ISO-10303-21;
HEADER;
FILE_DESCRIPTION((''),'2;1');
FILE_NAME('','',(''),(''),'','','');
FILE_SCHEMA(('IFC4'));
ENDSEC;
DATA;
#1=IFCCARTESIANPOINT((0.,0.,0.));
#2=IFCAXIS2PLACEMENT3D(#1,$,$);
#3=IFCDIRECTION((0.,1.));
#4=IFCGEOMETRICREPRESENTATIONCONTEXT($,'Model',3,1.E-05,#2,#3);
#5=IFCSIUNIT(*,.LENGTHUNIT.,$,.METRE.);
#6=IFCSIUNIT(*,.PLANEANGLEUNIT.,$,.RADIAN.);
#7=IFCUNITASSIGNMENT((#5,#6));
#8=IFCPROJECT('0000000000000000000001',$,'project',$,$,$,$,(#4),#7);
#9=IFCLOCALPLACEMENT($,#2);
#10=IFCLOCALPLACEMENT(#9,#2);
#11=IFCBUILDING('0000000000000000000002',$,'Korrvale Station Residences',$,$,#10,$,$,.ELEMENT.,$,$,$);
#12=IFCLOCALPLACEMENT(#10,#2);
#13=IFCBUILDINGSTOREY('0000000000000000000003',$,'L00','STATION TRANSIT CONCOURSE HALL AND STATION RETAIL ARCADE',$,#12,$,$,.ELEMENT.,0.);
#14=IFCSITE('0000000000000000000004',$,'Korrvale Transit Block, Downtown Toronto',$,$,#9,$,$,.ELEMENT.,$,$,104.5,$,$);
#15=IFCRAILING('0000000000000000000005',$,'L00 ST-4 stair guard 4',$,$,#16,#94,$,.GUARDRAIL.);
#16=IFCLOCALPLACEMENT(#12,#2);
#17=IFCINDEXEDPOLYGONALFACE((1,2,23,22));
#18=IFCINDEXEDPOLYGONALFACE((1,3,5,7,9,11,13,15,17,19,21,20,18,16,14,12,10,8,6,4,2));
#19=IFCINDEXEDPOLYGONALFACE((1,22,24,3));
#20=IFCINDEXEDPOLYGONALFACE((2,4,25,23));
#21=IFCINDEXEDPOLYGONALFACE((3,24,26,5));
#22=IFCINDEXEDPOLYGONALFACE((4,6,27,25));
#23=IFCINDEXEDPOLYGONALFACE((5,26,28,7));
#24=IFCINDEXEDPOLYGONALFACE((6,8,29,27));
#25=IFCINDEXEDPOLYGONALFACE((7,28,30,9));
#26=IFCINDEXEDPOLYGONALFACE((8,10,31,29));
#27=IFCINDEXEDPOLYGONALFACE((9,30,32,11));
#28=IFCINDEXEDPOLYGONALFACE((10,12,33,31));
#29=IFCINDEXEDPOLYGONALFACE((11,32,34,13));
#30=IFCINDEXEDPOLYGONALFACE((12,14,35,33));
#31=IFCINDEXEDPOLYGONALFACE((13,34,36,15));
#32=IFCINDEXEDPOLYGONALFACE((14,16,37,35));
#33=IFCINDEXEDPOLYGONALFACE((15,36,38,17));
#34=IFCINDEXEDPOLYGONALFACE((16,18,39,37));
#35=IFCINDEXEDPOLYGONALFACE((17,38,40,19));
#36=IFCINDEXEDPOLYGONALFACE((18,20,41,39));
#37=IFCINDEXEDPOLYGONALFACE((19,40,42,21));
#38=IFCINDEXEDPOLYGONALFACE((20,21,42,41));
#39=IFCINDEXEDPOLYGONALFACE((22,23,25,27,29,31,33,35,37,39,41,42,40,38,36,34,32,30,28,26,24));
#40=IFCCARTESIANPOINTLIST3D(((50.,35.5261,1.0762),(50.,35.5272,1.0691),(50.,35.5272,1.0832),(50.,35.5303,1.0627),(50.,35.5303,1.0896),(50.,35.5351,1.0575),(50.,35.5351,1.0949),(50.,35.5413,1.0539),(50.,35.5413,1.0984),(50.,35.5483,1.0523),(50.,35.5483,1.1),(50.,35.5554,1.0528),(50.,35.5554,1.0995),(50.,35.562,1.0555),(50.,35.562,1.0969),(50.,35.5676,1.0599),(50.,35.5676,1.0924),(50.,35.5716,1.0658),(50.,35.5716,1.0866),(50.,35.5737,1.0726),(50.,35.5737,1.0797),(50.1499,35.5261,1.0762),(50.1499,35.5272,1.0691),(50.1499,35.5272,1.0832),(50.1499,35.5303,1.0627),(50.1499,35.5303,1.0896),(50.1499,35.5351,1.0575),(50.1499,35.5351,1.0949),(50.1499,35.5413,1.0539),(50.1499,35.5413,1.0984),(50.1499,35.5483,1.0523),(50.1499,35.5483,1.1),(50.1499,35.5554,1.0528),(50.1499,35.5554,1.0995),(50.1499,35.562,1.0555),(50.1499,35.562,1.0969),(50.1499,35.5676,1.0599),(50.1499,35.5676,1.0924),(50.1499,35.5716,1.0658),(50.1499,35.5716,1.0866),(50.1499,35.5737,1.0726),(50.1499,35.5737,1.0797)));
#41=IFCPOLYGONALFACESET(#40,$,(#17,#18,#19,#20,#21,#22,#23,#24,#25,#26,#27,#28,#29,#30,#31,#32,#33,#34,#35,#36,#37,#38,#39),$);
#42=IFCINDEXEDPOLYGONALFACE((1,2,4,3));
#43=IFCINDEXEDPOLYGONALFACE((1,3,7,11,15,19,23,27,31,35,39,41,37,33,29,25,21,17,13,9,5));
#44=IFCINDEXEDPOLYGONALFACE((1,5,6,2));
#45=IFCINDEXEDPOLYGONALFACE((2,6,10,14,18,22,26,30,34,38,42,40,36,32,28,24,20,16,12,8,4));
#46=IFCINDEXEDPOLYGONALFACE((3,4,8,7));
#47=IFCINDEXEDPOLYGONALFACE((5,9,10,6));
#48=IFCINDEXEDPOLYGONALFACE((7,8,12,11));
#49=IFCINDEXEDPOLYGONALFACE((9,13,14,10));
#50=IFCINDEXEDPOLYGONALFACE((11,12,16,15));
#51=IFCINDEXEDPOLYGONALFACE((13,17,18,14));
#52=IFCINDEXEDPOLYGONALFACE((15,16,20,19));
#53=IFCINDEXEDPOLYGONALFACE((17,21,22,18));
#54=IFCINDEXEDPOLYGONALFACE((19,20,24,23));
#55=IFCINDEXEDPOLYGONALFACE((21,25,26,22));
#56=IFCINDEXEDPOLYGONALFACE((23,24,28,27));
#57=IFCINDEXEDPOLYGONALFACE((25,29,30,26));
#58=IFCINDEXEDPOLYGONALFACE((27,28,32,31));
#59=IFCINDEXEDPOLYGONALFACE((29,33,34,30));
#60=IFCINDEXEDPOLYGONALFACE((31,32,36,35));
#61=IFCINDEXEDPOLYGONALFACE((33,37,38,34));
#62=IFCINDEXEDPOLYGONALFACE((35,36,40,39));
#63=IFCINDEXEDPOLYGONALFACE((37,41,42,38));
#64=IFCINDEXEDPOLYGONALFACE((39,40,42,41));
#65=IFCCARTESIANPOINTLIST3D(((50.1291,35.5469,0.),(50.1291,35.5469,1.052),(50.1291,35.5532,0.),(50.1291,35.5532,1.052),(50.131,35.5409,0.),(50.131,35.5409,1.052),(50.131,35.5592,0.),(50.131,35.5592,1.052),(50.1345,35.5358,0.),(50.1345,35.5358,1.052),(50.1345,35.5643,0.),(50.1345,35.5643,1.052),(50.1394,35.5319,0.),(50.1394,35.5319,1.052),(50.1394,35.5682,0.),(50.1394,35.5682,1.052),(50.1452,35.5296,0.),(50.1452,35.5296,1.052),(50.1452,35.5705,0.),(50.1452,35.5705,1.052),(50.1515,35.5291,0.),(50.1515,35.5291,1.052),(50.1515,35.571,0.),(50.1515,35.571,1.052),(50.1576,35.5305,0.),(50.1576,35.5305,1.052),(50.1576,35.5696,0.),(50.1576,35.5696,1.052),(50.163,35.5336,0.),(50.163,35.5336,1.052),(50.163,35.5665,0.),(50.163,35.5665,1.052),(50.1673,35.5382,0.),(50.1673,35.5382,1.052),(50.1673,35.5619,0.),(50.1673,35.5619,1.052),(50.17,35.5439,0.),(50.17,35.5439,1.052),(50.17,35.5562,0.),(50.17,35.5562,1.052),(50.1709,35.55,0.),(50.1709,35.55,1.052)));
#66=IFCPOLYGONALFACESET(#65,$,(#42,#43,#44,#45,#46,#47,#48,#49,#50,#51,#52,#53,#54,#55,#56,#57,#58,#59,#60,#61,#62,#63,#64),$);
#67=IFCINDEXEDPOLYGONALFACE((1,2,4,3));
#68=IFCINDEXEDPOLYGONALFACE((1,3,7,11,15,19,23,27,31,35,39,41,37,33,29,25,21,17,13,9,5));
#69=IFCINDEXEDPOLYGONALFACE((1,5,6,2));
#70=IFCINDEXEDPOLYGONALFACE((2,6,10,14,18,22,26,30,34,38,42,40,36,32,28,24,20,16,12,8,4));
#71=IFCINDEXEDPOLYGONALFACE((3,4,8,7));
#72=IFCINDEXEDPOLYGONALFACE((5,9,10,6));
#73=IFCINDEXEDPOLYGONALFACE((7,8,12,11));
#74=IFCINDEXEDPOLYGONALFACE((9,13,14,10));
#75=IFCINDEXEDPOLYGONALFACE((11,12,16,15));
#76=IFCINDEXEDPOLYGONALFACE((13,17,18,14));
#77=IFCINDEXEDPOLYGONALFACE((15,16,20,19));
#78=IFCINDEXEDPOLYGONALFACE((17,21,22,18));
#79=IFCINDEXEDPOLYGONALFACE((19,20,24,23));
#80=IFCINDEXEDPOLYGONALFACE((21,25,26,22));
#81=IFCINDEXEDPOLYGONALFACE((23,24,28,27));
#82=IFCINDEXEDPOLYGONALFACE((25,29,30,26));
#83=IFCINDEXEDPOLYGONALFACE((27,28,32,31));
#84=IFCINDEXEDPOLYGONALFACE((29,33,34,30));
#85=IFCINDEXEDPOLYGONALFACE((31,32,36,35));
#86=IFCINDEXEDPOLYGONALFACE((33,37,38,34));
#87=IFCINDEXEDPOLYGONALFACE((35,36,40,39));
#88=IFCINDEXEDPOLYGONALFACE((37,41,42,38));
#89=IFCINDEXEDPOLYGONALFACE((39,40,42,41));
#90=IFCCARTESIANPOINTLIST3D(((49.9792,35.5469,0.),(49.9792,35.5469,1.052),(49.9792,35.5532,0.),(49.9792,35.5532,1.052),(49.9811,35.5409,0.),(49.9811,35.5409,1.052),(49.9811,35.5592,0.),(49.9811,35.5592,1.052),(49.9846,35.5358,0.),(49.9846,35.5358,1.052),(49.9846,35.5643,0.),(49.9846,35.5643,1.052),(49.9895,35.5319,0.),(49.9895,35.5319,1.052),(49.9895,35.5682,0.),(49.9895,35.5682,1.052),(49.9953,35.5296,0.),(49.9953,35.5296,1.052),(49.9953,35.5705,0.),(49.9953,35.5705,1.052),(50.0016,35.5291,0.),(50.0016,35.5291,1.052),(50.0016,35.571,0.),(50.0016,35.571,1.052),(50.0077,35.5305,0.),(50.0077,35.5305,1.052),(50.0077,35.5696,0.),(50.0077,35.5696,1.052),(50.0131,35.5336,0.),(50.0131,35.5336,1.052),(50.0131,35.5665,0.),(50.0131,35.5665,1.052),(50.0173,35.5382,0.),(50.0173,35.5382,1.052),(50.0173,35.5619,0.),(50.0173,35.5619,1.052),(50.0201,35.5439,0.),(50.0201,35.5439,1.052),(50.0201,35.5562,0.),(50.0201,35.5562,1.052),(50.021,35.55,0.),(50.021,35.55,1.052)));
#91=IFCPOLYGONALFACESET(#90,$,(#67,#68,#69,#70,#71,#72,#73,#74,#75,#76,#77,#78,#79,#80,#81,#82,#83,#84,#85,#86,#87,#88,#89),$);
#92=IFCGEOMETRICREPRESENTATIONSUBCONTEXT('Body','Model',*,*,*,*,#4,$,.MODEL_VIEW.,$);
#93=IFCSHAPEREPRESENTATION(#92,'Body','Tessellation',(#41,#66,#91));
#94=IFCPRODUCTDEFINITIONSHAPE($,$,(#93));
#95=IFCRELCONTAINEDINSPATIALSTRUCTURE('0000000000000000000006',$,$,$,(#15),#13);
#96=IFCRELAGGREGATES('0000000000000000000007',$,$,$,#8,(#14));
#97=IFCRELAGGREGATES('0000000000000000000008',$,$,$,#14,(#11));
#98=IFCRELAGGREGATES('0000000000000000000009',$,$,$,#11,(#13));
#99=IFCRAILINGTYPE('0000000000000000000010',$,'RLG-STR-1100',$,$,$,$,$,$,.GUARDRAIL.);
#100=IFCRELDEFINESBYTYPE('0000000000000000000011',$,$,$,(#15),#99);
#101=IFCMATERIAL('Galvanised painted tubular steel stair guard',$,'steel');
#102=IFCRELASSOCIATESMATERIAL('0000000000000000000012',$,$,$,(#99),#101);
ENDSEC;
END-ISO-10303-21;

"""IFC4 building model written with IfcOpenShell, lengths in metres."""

from ifc_helpers import new_model, si_unit, direction, frame, origin, origin_2d, place, context, subcontext, project, spatial, circle, extrude, material, type_object, element, save


model = new_model("IFC4")

# Units and contexts
model_context = context("Model", 3, precision=1e-05, world=origin(), true_north=direction((0.0, 1.0)))
body_context = subcontext(model_context, "Body", "Model", "MODEL_VIEW")
ifc_project = project(units=[si_unit("LENGTHUNIT", "METRE"), si_unit("PLANEANGLEUNIT", "RADIAN")], contexts=[model_context])

# Site, building, storey
site_placement = place(None, origin())
site = spatial("IfcSite", under=ifc_project, at=site_placement, Name="Korrvale Transit Block, Downtown Toronto", CompositionType="ELEMENT", RefElevation=104.5)
building_placement = place(site_placement, origin())
building = spatial("IfcBuilding", under=site, at=building_placement, Name="Korrvale Station Residences", CompositionType="ELEMENT")
storey_placement = place(building_placement, origin())
storey = spatial("IfcBuildingStorey", under=building, at=storey_placement, Name="L00", Description="STATION TRANSIT CONCOURSE HALL AND STATION RETAIL ARCADE", CompositionType="ELEMENT", Elevation=0.0)

# Railing
ifc_material_1 = material(Name="Galvanised painted tubular steel stair guard", Category="steel")
railing_type_1 = type_object("IfcRailingType", Name="RLG-STR-1100", PredefinedType="GUARDRAIL", material=ifc_material_1)
railing_1_placement = place(storey_placement, frame((50.1499, 35.55, 0.0)))
element("IfcRailing", 1, at=railing_1_placement, inside=storey, type_object=railing_type_1, Name="L00 ST-4 stair guard 4", PredefinedType="GUARDRAIL", context=body_context, shape_type="SweptSolid", body=[
    extrude(circle(Radius=0.0239, at=origin_2d()), frame((0.0, 0.0, 1.0762), z_axis=(-1.0, 0.0, 0.0), x_axis=(0.0, -1.0, 0.0)), (0.0, 0.0, 1.0), 0.1499),
    extrude(circle(Radius=0.021, at=origin_2d()), origin(), (0.0, 0.0, 1.0), 1.052),
    extrude(circle(Radius=0.021, at=origin_2d()), frame((-0.1499, 0.0, 0.0)), (0.0, 0.0, 1.0), 1.052),
])

save(model, "model.ifc")
